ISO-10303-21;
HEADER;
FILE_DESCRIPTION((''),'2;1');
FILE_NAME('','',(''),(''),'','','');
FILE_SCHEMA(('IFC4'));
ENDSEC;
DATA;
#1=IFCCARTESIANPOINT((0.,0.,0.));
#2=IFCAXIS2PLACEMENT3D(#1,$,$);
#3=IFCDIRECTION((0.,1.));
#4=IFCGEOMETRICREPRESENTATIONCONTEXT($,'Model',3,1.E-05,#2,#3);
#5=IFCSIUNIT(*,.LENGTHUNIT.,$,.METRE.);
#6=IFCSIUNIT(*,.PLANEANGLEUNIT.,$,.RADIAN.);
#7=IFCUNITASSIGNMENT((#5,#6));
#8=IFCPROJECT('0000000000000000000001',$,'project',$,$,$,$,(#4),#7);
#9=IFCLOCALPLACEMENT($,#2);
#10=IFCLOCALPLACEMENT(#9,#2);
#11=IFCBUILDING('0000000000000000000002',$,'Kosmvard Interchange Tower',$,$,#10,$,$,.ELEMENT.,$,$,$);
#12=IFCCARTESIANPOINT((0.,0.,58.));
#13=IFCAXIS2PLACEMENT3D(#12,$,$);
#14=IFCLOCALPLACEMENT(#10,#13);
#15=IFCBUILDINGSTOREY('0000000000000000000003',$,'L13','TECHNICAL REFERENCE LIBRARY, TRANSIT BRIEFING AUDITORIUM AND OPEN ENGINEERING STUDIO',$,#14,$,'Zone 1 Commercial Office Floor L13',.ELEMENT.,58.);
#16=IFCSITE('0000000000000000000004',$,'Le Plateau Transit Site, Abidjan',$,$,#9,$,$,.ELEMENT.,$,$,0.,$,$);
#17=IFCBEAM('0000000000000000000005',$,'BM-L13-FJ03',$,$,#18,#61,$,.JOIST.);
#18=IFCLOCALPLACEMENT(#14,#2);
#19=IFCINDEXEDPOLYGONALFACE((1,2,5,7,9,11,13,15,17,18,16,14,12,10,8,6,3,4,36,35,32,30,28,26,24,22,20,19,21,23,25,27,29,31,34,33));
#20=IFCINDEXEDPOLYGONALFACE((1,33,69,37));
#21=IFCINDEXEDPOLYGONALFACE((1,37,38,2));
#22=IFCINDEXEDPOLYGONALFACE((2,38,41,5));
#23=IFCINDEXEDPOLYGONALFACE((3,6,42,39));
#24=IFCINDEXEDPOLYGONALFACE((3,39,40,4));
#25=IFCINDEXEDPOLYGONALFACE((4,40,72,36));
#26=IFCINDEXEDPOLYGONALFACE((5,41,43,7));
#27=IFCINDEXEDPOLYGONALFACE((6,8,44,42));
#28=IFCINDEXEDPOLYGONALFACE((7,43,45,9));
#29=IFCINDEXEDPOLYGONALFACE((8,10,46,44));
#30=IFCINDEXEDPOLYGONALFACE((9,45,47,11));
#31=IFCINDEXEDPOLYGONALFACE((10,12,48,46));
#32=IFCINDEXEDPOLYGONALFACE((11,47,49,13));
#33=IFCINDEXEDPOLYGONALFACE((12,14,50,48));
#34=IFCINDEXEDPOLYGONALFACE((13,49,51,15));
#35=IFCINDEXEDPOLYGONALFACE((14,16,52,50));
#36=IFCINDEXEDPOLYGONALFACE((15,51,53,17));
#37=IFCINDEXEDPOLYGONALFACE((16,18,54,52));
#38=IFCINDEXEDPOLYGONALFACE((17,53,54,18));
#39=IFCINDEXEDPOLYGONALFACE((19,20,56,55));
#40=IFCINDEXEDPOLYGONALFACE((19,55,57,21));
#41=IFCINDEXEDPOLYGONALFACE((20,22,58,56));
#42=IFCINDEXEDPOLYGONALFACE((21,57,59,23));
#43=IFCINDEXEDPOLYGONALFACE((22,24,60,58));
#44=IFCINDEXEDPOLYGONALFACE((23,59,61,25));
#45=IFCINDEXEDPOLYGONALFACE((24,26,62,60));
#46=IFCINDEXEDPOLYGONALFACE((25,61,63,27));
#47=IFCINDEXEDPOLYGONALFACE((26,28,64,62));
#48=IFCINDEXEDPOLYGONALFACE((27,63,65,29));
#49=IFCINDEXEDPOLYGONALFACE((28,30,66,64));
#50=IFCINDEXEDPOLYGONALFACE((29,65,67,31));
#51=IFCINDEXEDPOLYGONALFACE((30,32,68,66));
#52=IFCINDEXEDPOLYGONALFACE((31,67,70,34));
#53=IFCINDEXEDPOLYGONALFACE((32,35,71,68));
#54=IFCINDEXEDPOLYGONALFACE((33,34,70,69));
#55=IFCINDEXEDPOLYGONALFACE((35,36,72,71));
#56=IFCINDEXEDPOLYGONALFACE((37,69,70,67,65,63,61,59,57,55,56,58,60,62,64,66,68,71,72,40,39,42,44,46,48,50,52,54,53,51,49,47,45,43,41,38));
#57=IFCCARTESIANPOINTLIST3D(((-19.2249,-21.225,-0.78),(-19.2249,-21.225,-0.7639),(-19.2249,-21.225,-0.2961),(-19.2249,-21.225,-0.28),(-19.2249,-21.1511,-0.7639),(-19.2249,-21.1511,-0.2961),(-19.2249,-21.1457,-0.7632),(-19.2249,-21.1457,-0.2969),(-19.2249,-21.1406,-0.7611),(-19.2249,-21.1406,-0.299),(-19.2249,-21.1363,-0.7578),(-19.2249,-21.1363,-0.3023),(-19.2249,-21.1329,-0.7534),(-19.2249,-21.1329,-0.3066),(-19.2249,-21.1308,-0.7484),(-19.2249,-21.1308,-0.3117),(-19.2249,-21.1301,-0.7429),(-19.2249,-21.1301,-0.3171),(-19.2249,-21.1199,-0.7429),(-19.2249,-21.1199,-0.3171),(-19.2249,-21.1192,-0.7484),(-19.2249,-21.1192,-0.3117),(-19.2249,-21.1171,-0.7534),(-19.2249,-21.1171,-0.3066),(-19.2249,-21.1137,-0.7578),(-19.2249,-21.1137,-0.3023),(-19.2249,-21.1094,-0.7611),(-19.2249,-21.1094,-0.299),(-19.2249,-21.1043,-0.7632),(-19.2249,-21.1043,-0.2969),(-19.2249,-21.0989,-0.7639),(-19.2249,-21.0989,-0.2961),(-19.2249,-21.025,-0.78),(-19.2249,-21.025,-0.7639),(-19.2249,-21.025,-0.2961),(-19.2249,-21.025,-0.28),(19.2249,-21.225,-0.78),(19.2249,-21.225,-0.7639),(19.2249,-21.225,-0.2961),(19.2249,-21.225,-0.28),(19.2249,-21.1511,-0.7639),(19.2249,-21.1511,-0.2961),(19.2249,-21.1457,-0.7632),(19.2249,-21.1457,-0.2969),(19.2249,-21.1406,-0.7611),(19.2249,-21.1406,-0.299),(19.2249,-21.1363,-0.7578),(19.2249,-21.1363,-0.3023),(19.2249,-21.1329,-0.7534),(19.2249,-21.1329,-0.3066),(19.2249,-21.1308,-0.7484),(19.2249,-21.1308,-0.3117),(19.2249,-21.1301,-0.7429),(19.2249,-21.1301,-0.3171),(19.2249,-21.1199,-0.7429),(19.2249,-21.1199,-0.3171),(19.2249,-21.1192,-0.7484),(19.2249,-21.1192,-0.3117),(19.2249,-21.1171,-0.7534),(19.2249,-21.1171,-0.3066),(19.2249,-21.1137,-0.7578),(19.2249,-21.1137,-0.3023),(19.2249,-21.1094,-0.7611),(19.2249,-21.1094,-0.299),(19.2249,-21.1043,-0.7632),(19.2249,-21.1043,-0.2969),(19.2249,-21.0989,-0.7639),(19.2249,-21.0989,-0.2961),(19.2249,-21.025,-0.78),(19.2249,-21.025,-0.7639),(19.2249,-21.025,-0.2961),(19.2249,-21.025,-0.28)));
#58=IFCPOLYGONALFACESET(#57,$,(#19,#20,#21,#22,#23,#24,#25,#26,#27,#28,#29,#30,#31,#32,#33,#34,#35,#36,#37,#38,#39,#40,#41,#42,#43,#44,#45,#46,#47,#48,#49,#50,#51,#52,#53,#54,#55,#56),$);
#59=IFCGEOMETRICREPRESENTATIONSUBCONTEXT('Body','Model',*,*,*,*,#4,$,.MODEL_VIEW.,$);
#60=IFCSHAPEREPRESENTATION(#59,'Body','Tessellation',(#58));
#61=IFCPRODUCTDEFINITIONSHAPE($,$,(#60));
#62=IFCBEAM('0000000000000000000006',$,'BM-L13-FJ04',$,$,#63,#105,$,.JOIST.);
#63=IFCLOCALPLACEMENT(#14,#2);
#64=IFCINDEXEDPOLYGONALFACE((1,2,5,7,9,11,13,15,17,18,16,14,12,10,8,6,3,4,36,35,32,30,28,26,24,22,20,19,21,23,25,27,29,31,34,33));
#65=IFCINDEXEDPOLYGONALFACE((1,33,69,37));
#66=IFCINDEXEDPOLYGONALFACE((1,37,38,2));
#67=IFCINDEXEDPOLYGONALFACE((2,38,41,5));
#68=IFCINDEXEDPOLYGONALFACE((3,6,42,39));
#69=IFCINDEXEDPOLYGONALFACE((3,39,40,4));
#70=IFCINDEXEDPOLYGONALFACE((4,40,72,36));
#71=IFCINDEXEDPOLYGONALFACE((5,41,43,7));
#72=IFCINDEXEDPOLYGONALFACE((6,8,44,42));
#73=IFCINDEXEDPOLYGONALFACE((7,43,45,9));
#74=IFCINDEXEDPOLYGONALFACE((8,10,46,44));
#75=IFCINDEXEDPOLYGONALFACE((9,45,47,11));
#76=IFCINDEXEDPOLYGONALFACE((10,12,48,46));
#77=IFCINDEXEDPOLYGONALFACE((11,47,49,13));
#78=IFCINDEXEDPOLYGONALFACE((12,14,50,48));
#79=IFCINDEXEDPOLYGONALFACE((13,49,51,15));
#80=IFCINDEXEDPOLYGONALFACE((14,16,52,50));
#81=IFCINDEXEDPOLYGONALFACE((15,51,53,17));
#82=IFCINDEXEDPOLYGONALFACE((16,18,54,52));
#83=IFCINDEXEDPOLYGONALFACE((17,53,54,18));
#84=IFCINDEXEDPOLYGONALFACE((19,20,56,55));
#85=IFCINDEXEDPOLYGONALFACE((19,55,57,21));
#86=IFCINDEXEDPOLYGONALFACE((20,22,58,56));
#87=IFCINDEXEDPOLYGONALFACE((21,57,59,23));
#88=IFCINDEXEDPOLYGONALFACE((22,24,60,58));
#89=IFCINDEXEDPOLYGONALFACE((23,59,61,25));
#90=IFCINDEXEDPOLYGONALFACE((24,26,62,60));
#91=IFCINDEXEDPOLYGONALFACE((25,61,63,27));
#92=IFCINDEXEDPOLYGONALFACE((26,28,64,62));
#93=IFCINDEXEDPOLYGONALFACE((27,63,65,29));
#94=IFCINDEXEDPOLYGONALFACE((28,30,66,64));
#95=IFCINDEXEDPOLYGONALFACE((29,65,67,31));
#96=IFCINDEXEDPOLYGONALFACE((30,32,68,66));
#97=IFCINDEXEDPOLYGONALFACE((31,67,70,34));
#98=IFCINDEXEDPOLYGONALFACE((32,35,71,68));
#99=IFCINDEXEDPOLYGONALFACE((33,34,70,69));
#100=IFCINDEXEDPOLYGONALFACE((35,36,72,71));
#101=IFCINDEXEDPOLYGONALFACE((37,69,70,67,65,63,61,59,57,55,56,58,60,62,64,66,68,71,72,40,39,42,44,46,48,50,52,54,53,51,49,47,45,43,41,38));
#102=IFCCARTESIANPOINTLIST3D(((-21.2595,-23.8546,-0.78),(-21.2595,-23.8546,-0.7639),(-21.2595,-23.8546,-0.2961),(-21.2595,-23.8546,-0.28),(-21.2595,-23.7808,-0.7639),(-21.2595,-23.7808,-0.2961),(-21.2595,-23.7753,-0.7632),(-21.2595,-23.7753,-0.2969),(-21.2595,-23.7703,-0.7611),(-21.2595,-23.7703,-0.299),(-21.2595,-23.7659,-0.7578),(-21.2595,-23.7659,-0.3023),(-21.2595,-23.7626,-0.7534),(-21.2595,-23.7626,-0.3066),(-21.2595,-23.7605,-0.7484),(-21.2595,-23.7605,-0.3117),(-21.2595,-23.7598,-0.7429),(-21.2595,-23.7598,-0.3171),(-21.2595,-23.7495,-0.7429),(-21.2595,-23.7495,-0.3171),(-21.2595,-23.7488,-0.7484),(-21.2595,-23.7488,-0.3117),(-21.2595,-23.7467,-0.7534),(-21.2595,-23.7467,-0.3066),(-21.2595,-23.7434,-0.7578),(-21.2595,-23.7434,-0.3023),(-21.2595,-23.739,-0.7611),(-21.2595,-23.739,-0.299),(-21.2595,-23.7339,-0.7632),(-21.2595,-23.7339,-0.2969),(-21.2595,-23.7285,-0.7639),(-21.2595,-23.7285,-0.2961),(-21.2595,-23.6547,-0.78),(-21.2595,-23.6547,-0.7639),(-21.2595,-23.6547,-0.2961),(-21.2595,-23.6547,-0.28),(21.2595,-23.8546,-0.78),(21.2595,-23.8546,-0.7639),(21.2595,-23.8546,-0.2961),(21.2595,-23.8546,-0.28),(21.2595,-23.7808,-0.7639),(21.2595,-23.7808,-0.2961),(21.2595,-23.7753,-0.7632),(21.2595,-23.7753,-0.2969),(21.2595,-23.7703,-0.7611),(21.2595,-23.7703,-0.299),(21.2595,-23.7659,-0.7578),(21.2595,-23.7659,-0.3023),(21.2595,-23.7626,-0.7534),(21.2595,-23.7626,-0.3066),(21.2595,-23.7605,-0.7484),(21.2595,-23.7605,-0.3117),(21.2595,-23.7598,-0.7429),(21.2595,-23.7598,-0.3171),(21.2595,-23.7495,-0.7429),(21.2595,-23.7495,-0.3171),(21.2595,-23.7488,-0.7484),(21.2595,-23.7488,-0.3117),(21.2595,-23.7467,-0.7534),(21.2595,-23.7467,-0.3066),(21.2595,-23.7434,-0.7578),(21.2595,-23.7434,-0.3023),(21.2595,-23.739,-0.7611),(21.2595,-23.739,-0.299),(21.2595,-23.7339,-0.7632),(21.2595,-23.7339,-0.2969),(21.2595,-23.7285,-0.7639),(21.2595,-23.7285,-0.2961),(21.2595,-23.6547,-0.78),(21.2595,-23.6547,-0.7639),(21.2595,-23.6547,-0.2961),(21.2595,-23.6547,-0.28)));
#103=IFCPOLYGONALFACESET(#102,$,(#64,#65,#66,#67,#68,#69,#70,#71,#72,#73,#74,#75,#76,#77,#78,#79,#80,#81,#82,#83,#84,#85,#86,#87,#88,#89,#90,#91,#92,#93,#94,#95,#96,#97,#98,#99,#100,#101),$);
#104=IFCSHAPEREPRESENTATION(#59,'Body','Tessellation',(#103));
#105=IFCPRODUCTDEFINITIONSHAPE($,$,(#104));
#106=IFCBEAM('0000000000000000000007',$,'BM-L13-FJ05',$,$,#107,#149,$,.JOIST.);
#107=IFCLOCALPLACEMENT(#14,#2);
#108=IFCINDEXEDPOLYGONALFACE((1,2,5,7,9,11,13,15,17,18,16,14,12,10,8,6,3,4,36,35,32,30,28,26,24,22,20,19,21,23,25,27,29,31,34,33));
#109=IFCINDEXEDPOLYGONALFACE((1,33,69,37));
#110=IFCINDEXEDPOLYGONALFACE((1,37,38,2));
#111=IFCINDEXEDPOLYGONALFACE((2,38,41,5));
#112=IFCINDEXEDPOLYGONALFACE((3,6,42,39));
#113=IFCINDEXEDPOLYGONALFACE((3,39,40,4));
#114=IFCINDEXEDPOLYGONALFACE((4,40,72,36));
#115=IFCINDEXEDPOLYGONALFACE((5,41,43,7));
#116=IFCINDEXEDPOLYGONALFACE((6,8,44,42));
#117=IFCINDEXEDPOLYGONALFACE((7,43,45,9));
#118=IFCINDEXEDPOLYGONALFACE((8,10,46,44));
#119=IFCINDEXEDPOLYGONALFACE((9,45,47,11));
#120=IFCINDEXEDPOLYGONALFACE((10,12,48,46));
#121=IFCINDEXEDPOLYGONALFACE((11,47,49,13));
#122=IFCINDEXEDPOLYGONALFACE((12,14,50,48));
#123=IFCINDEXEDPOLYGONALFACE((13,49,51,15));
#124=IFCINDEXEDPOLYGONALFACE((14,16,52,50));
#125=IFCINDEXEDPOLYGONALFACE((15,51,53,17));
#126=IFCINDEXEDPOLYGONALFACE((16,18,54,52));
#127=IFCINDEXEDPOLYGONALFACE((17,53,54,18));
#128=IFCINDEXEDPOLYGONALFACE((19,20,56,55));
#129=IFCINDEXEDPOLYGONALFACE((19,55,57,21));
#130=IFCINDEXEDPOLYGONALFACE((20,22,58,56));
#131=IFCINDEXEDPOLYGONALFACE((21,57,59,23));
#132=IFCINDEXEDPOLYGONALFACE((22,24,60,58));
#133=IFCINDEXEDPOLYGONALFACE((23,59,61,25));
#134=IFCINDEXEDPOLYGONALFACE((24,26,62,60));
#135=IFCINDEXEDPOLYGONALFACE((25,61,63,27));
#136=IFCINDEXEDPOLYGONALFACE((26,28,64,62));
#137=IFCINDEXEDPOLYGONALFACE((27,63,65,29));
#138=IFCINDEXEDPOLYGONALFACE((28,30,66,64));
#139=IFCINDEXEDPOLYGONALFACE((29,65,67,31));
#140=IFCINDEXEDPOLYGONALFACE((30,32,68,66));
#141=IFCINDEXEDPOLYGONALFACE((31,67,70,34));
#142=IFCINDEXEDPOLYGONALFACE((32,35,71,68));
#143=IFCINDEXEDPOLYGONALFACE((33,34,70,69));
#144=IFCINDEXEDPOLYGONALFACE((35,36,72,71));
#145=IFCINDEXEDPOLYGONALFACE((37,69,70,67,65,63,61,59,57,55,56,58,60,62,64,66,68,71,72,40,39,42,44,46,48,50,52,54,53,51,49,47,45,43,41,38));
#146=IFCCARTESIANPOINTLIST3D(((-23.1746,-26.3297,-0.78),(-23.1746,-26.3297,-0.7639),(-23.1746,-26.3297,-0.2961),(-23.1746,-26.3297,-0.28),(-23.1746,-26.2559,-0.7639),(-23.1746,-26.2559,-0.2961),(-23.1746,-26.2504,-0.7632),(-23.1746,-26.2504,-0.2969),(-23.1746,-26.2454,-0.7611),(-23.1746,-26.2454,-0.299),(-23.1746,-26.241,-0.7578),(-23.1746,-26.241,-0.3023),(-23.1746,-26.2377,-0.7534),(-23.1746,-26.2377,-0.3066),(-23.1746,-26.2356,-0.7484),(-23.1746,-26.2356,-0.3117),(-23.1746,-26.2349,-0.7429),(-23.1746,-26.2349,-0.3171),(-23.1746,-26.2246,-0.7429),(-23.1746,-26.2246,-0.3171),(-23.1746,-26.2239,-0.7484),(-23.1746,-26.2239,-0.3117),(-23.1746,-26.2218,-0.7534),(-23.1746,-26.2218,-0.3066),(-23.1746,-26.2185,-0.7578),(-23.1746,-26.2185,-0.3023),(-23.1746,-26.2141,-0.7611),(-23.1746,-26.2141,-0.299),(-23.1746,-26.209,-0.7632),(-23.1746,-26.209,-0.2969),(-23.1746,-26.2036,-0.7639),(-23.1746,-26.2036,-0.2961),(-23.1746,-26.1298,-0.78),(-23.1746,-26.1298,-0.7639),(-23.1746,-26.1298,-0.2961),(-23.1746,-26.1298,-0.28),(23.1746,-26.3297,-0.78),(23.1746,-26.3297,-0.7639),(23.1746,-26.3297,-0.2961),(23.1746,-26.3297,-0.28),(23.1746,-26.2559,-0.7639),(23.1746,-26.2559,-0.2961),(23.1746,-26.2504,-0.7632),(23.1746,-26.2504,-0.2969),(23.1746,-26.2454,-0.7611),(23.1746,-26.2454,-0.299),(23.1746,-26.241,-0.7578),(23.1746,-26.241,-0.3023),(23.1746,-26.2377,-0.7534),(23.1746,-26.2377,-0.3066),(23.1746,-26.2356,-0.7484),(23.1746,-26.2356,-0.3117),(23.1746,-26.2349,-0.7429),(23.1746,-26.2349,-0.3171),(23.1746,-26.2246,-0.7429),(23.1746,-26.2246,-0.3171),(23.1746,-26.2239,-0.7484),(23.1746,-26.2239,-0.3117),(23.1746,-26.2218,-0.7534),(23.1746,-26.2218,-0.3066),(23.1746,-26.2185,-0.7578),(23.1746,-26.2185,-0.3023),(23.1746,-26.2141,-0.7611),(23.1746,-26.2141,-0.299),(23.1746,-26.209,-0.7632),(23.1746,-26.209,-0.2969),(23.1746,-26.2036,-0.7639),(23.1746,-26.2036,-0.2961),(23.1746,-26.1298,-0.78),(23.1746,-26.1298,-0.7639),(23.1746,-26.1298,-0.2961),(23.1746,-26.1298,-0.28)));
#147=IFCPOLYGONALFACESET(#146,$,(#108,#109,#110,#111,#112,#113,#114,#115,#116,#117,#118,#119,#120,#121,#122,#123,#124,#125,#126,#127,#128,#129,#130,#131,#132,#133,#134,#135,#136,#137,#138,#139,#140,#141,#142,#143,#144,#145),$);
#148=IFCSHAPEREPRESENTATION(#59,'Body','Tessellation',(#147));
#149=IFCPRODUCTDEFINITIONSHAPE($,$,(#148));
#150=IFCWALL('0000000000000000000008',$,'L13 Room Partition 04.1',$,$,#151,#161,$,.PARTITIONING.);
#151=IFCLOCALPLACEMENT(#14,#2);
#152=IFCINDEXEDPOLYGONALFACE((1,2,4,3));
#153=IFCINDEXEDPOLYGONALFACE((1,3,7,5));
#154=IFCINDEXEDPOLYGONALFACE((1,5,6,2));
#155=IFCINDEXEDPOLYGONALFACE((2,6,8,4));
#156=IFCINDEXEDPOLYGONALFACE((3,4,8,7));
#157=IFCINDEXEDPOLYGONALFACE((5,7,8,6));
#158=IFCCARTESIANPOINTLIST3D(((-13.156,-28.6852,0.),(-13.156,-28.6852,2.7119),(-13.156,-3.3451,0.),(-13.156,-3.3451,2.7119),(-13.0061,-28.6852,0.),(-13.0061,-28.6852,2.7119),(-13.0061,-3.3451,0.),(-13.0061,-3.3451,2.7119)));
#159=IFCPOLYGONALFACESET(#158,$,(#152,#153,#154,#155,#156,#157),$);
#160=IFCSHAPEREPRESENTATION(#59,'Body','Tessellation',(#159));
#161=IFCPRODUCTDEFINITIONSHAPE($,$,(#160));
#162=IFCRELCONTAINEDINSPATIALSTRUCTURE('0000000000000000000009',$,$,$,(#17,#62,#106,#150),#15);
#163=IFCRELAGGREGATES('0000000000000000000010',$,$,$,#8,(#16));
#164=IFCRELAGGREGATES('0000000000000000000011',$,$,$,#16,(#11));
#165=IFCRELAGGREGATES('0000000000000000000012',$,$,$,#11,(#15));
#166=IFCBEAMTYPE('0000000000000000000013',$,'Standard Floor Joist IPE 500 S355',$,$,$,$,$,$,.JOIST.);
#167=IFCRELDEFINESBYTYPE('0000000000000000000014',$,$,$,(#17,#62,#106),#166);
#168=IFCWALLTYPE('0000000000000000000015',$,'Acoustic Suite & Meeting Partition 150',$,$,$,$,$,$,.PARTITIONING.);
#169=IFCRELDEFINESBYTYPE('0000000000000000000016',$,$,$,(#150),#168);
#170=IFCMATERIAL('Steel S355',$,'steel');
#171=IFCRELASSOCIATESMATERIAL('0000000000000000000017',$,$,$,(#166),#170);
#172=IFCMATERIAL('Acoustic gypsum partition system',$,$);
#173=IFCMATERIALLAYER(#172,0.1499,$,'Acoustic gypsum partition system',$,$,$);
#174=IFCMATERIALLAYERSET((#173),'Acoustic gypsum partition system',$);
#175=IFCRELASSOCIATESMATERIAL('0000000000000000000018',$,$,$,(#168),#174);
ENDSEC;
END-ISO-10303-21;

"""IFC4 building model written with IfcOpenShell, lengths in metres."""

from ifc_helpers import new_model, si_unit, direction, frame, frame_2d, origin, origin_2d, place, context, subcontext, project, spatial, rectangle, i_section, extrude, source, transform, mapped, material, layer, layer_set, material_profile, profile_set, type_object, element, save


model = new_model("IFC4")

# Units and contexts
model_context = context("Model", 3, precision=1e-05, world=origin(), true_north=direction((0.0, 1.0)))
body_context = subcontext(model_context, "Body", "Model", "MODEL_VIEW")
ifc_project = project(units=[si_unit("LENGTHUNIT", "METRE"), si_unit("PLANEANGLEUNIT", "RADIAN")], contexts=[model_context])

# Site, building, storey
site_placement = place(None, origin())
site = spatial("IfcSite", under=ifc_project, at=site_placement, Name="Le Plateau Transit Site, Abidjan", CompositionType="ELEMENT", RefElevation=0.0)
building_placement = place(site_placement, origin())
building = spatial("IfcBuilding", under=site, at=building_placement, Name="Kosmvard Interchange Tower", CompositionType="ELEMENT")
storey_placement = place(building_placement, frame((0.0, 0.0, 58.0)))
storey = spatial("IfcBuildingStorey", under=building, at=storey_placement, Name="L13", Description="TECHNICAL REFERENCE LIBRARY, TRANSIT BRIEFING AUDITORIUM AND OPEN ENGINEERING STUDIO", LongName="Zone 1 Commercial Office Floor L13", CompositionType="ELEMENT", Elevation=58.0)

# Beams
ifc_material_1 = material(Name="Steel S355", Category="steel")
ifc_material_profile_1 = material_profile(ifc_material_1, i_section(OverallWidth=0.2, OverallDepth=0.5, WebThickness=0.0103, FlangeThickness=0.0161, FilletRadius=0.021, at=origin_2d()), Name="IPE 500")
ifc_profile_set_1 = profile_set([ifc_material_profile_1], Name="Steel S355")
beam_type_1 = type_object("IfcBeamType", Name="Standard Floor Joist IPE 500 S355", PredefinedType="JOIST", material=ifc_profile_set_1)
shared_shape_1 = source(origin(), body_context, "Body", "SweptSolid", [
    extrude(i_section(OverallWidth=0.2, OverallDepth=0.5, WebThickness=0.0103, FlangeThickness=0.0161, FilletRadius=0.021, at=origin_2d()), origin(), (0.0, 0.0, 1.0), 38.4497),
])
beam_1_placement = place(storey_placement, frame((-19.2249, -21.125, -0.53), z_axis=(1.0, 0.0, 0.0), x_axis=(0.0, 1.0, 0.0)))
element("IfcBeam", 1, at=beam_1_placement, inside=storey, type_object=beam_type_1, Name="BM-L13-FJ03", PredefinedType="JOIST", context=body_context, shape_type="MappedRepresentation", body=[
    mapped(shared_shape_1, transform((0.0, 0.0, 0.0), scale=1.0)),
])
shared_shape_2 = source(origin(), body_context, "Body", "SweptSolid", [
    extrude(i_section(OverallWidth=0.2, OverallDepth=0.5, WebThickness=0.0103, FlangeThickness=0.0161, FilletRadius=0.021, at=origin_2d()), origin(), (0.0, 0.0, 1.0), 42.519),
])
beam_2_placement = place(storey_placement, frame((-21.2595, -23.7546, -0.53), z_axis=(1.0, 0.0, 0.0), x_axis=(0.0, 1.0, 0.0)))
element("IfcBeam", 2, at=beam_2_placement, inside=storey, type_object=beam_type_1, Name="BM-L13-FJ04", PredefinedType="JOIST", context=body_context, shape_type="MappedRepresentation", body=[
    mapped(shared_shape_2, transform((0.0, 0.0, 0.0), scale=1.0)),
])
shared_shape_3 = source(origin(), body_context, "Body", "SweptSolid", [
    extrude(i_section(OverallWidth=0.2, OverallDepth=0.5, WebThickness=0.0103, FlangeThickness=0.0161, FilletRadius=0.021, at=origin_2d()), origin(), (0.0, 0.0, 1.0), 46.3491),
])
beam_3_placement = place(storey_placement, frame((-23.1746, -26.2297, -0.53), z_axis=(1.0, 0.0, 0.0), x_axis=(0.0, 1.0, 0.0)))
element("IfcBeam", 3, at=beam_3_placement, inside=storey, type_object=beam_type_1, Name="BM-L13-FJ05", PredefinedType="JOIST", context=body_context, shape_type="MappedRepresentation", body=[
    mapped(shared_shape_3, transform((0.0, 0.0, 0.0), scale=1.0)),
])

# Wall
ifc_material_2 = material(Name="Acoustic gypsum partition system")
ifc_layer_1 = layer(ifc_material_2, 0.1499, Name="Acoustic gypsum partition system")
ifc_layer_set_1 = layer_set([ifc_layer_1], Name="Acoustic gypsum partition system")
wall_type_1 = type_object("IfcWallType", Name="Acoustic Suite & Meeting Partition 150", PredefinedType="PARTITIONING", material=ifc_layer_set_1)
wall_1_placement = place(storey_placement, frame((-13.0811, -28.6851, 0.0), z_axis=(0.0, 0.0, 1.0), x_axis=(0.0, 1.0, 0.0)))
element("IfcWall", 4, at=wall_1_placement, inside=storey, type_object=wall_type_1, Name="L13 Room Partition 04.1", PredefinedType="PARTITIONING", context=body_context, shape_type="SweptSolid", body=[
    extrude(rectangle(XDim=25.3401, YDim=0.1499, at=frame_2d((12.6699, 0.0))), origin(), (0.0, 0.0, 1.0), 2.7119),
])

save(model, "model.ifc")
